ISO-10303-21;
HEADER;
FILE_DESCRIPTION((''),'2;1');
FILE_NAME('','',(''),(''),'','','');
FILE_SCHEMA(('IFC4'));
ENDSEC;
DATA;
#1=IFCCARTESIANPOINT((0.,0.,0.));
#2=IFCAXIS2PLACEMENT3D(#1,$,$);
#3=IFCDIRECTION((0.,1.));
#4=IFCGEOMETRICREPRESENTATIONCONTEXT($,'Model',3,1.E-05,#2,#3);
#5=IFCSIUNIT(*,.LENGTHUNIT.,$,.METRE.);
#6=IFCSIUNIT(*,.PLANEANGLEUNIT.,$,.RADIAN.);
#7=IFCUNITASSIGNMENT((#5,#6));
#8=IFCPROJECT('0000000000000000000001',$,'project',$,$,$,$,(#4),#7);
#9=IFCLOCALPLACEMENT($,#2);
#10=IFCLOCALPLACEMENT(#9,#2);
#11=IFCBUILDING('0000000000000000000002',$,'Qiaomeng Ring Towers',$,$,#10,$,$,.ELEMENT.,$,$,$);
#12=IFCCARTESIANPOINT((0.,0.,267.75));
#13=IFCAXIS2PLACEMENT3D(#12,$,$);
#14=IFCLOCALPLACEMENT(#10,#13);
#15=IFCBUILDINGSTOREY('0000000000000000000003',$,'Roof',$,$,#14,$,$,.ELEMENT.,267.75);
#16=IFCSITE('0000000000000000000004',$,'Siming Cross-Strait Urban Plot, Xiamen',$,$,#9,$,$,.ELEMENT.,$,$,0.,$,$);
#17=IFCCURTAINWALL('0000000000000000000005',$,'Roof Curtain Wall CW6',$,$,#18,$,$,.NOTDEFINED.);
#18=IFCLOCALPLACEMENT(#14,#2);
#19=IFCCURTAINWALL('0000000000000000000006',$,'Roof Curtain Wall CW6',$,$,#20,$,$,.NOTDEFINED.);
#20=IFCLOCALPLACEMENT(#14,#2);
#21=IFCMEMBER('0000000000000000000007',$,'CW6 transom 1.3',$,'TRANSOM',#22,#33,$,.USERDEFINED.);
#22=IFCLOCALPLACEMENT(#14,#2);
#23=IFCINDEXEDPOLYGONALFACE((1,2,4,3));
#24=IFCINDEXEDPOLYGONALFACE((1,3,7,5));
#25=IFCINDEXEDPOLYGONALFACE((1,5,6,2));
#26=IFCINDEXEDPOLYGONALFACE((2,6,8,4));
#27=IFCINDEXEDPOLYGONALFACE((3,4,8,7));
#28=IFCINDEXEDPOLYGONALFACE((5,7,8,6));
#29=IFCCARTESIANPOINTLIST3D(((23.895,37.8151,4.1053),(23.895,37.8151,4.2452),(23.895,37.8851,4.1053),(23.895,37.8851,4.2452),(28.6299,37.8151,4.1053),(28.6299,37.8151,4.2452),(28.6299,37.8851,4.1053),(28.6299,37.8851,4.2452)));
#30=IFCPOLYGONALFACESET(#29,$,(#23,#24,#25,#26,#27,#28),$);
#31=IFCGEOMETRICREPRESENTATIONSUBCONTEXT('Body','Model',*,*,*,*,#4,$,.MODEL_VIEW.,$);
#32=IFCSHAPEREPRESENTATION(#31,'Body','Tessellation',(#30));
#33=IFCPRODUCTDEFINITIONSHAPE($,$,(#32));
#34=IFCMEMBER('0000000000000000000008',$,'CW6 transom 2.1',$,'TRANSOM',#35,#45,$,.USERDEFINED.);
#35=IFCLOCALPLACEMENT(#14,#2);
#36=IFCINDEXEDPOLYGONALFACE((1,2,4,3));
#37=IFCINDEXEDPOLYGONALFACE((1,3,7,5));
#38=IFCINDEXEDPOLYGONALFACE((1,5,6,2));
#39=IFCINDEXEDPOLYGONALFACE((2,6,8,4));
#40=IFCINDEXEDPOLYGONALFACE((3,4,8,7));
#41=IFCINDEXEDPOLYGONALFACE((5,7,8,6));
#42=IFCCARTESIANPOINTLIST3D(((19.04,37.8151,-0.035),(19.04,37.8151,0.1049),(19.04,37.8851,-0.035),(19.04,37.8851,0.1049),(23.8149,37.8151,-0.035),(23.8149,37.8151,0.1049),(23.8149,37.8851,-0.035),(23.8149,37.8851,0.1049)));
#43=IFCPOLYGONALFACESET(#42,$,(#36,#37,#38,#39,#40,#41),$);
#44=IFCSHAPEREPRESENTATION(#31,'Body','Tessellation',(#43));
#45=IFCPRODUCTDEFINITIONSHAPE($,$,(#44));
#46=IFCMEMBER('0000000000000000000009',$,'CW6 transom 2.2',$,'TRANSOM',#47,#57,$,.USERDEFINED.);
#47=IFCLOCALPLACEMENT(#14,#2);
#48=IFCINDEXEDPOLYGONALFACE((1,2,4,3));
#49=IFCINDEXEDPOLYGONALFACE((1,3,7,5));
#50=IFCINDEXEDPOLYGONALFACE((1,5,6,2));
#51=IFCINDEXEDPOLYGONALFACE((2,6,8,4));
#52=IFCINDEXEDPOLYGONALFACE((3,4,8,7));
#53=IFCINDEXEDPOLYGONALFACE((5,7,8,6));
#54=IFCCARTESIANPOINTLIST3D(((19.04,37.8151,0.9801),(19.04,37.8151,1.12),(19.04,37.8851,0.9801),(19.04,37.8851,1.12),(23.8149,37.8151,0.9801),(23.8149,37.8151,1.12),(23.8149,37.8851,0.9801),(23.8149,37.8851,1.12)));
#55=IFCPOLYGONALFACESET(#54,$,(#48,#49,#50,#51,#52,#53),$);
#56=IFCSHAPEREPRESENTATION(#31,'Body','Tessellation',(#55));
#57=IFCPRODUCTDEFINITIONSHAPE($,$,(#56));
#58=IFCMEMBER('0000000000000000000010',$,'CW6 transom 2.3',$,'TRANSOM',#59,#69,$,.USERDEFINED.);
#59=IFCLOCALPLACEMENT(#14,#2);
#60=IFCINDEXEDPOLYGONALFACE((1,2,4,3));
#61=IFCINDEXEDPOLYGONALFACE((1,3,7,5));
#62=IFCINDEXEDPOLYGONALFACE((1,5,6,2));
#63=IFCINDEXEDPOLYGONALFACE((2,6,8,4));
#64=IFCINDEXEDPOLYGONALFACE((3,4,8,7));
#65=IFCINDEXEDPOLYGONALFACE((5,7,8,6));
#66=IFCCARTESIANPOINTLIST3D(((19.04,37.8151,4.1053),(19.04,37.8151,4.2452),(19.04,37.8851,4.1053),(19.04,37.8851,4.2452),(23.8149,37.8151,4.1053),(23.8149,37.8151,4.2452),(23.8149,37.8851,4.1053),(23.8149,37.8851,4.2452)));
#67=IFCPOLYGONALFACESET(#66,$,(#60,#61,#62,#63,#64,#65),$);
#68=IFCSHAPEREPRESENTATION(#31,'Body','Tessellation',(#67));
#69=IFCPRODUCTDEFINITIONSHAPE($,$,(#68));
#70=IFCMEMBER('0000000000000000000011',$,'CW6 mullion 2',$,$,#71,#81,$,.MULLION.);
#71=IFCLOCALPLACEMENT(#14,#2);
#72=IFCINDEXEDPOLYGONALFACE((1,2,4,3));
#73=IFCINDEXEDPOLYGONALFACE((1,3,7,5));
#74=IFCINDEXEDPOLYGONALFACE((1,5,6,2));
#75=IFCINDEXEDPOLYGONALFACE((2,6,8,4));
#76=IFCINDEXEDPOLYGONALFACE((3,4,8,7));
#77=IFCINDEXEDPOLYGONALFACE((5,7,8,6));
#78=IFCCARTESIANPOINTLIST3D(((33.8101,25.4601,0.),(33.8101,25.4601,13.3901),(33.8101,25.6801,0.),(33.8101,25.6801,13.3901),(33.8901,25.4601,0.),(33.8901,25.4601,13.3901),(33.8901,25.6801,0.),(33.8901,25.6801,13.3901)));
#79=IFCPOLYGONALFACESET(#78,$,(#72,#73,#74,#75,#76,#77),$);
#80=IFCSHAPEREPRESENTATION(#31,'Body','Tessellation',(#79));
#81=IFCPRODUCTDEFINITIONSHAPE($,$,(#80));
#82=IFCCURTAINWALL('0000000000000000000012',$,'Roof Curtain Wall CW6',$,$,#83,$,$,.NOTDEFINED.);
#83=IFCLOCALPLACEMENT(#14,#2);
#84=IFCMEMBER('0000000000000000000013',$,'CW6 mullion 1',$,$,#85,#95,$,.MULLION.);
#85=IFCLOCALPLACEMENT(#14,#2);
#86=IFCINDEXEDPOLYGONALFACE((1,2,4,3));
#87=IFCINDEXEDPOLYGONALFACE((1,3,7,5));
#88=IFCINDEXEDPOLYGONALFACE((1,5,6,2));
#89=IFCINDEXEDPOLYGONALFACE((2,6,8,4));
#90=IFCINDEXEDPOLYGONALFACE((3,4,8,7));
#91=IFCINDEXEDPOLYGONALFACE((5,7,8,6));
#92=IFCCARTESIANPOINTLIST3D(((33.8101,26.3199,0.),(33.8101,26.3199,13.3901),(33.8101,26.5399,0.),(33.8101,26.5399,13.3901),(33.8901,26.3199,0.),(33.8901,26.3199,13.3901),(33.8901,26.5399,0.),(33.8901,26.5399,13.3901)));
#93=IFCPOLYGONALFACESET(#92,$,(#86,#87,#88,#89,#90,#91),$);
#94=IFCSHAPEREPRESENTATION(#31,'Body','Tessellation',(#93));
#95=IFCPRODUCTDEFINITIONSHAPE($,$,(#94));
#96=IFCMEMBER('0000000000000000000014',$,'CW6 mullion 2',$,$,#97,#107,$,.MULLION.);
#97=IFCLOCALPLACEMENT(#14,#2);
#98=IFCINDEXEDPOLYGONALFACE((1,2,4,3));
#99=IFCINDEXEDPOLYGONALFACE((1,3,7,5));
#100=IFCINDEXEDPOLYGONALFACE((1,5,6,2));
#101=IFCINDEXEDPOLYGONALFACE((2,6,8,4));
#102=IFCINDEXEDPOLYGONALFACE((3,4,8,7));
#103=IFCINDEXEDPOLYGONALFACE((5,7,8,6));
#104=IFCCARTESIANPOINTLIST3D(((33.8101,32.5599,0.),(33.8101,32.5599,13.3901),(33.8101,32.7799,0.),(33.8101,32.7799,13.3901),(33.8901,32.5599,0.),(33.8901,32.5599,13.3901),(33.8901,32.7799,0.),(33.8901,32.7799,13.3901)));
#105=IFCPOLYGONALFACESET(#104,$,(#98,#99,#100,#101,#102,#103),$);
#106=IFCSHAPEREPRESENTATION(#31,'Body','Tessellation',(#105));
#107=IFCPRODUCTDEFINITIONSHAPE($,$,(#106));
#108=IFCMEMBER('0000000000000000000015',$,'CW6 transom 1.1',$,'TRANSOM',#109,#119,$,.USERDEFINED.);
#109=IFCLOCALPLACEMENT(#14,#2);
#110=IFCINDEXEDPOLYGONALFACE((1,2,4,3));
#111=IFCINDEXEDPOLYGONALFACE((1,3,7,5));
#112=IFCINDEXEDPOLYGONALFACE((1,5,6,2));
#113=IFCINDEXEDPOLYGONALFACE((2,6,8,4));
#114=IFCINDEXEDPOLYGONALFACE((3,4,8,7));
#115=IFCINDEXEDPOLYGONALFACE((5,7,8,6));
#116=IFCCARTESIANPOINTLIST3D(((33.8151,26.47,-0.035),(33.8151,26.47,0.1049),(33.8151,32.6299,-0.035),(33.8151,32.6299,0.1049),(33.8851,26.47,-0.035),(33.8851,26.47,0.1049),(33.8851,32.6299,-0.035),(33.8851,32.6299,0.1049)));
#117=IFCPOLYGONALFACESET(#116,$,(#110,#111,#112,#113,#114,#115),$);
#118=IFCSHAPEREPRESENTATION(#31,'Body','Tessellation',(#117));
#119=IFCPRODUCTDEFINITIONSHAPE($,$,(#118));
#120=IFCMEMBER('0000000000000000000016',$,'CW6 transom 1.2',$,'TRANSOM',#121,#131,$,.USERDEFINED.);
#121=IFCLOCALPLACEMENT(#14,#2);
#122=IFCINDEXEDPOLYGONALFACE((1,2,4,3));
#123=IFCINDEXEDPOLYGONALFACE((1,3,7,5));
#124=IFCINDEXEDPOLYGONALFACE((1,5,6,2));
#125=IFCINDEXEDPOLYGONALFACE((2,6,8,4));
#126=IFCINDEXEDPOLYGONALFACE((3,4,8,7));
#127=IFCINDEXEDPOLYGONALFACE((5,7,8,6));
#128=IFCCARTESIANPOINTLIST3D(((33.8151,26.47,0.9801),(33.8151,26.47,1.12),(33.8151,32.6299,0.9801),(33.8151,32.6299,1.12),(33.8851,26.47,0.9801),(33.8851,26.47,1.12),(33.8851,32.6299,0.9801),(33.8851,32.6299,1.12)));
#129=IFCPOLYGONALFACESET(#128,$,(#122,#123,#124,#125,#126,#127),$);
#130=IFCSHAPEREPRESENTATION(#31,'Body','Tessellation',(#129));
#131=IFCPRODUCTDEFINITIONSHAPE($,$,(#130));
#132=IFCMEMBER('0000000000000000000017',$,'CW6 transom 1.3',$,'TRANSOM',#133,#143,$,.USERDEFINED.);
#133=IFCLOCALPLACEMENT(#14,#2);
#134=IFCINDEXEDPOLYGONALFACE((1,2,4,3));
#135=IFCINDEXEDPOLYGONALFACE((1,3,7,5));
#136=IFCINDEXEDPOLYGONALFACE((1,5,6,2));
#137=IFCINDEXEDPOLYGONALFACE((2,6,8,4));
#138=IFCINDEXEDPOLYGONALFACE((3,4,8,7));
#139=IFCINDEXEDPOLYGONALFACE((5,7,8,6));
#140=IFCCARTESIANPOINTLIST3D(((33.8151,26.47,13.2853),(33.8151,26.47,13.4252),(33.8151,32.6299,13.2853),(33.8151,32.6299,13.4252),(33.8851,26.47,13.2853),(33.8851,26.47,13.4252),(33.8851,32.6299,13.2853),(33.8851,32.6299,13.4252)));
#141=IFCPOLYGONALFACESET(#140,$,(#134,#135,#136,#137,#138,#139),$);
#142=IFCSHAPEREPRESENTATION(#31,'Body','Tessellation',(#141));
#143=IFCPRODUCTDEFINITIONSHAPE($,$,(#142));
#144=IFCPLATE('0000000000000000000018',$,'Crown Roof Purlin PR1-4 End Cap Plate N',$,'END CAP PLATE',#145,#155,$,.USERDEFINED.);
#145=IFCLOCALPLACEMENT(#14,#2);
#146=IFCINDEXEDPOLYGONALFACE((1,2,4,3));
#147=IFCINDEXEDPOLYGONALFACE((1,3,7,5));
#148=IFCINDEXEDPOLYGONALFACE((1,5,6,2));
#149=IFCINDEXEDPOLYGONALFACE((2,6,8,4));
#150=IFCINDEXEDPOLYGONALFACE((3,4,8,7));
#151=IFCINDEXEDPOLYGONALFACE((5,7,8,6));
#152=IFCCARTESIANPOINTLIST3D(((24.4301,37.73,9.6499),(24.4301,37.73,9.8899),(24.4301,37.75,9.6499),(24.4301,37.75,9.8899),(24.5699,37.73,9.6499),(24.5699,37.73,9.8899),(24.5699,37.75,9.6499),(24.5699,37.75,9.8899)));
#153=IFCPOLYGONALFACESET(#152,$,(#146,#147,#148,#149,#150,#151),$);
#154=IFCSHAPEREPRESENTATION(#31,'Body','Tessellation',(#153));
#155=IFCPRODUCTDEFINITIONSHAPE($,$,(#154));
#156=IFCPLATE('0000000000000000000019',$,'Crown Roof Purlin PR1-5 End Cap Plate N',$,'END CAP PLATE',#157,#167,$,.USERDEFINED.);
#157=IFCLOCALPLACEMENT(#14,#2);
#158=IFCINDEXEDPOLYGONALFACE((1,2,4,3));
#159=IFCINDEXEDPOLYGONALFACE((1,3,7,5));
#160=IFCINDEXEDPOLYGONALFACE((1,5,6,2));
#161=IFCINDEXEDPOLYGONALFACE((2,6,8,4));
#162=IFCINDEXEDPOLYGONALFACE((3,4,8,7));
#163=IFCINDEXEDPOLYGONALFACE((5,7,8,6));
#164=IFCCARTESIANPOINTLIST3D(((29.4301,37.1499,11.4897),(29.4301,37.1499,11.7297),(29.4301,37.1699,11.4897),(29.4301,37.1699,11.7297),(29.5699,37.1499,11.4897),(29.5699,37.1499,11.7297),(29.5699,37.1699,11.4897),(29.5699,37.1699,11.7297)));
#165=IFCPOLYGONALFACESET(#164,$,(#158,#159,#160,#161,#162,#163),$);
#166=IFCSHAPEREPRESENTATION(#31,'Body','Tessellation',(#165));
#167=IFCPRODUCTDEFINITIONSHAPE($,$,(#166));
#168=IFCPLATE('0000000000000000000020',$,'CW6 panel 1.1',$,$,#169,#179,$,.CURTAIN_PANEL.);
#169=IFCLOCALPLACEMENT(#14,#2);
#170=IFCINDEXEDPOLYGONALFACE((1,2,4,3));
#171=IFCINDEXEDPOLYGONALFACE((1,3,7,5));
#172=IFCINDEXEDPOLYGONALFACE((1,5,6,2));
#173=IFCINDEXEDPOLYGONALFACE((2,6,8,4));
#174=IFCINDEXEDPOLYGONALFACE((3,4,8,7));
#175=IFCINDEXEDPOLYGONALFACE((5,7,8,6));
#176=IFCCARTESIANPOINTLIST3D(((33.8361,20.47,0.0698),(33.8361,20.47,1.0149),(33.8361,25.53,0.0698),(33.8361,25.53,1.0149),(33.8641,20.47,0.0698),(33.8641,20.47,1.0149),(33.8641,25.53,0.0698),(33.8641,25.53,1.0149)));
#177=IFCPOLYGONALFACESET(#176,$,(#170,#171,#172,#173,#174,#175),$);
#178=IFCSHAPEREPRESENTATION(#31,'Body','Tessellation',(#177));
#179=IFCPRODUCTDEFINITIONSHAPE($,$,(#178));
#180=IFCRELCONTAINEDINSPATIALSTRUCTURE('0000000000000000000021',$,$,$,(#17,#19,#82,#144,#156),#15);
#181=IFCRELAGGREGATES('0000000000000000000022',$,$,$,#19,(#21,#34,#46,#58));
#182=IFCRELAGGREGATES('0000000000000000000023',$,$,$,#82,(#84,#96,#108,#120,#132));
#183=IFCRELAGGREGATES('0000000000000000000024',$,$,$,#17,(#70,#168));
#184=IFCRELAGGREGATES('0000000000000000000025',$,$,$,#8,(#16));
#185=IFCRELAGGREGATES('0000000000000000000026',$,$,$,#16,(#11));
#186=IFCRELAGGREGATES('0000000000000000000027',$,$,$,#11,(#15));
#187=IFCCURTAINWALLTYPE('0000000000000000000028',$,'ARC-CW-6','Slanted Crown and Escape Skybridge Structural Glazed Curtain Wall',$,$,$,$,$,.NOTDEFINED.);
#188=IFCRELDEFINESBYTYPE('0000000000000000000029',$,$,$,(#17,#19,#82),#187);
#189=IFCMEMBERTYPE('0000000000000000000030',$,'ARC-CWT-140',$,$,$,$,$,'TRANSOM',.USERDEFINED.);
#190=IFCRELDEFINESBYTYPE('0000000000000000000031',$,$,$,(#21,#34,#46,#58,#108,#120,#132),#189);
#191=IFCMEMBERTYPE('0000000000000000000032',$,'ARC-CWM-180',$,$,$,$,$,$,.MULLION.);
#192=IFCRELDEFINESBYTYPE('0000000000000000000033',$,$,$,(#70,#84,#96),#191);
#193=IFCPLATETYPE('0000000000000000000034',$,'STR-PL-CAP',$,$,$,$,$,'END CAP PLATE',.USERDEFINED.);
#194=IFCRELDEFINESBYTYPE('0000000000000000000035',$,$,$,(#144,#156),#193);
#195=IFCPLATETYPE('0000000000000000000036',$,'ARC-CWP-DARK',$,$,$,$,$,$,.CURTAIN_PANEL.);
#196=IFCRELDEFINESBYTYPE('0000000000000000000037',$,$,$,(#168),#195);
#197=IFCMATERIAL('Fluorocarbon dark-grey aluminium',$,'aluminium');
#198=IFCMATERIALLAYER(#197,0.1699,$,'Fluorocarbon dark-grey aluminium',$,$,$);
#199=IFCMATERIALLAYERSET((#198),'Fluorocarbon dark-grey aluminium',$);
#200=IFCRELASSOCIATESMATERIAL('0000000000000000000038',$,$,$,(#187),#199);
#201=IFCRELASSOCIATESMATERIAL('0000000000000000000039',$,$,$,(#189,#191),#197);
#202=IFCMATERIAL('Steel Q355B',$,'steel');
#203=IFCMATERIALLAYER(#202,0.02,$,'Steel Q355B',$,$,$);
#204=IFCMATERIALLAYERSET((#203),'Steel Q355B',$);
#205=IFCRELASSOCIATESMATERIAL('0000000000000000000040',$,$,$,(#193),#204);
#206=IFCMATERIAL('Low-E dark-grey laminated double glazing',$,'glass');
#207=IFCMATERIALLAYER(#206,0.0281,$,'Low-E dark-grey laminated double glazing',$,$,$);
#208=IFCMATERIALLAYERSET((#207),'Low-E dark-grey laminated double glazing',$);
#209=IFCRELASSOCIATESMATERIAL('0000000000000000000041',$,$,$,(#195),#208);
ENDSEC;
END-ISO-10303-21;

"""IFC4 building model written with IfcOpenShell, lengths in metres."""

from ifc_helpers import new_model, si_unit, direction, frame, origin, origin_2d, place, context, subcontext, project, spatial, rectangle, extrude, source, transform, mapped, material, layer, layer_set, material_profile, profile_set, type_object, element, aggregate, save


model = new_model("IFC4")

# Units and contexts
model_context = context("Model", 3, precision=1e-05, world=origin(), true_north=direction((0.0, 1.0)))
body_context = subcontext(model_context, "Body", "Model", "MODEL_VIEW")
ifc_project = project(units=[si_unit("LENGTHUNIT", "METRE"), si_unit("PLANEANGLEUNIT", "RADIAN")], contexts=[model_context])

# Site, building, storey
site_placement = place(None, origin())
site = spatial("IfcSite", under=ifc_project, at=site_placement, Name="Siming Cross-Strait Urban Plot, Xiamen", CompositionType="ELEMENT", RefElevation=0.0)
building_placement = place(site_placement, origin())
building = spatial("IfcBuilding", under=site, at=building_placement, Name="Qiaomeng Ring Towers", CompositionType="ELEMENT")
storey_placement = place(building_placement, frame((0.0, 0.0, 267.75)))
storey = spatial("IfcBuildingStorey", under=building, at=storey_placement, Name="Roof", CompositionType="ELEMENT", Elevation=267.75)

# Shared definitions
ifc_material_1 = material(Name="Steel Q355B", Category="steel")

# Curtain walls, members
ifc_material_2 = material(Name="Fluorocarbon dark-grey aluminium", Category="aluminium")
ifc_layer_1 = layer(ifc_material_2, 0.1699, Name="Fluorocarbon dark-grey aluminium")
ifc_layer_set_1 = layer_set([ifc_layer_1], Name="Fluorocarbon dark-grey aluminium")
curtain_wall_type = type_object("IfcCurtainWallType", Name="ARC-CW-6", Description="Slanted Crown and Escape Skybridge Structural Glazed Curtain Wall", PredefinedType="NOTDEFINED", material=ifc_layer_set_1)
curtain_wall_1_placement = place(storey_placement, origin())
curtain_wall_1 = element("IfcCurtainWall", 1, at=curtain_wall_1_placement, inside=storey, type_object=curtain_wall_type, Name="Roof Curtain Wall CW6", PredefinedType="NOTDEFINED")
ifc_material_profile_1 = material_profile(ifc_material_2, rectangle(XDim=0.0701, YDim=0.1399, at=origin_2d()), Name="ALU TRAN 70x140")
ifc_profile_set_1 = profile_set([ifc_material_profile_1], Name="Fluorocarbon dark-grey aluminium")
member_type_1 = type_object("IfcMemberType", Name="ARC-CWT-140", ElementType="TRANSOM", PredefinedType="USERDEFINED", material=ifc_profile_set_1)
curtain_wall_2_placement = place(storey_placement, origin())
curtain_wall_2 = element("IfcCurtainWall", 2, at=curtain_wall_2_placement, inside=storey, type_object=curtain_wall_type, Name="Roof Curtain Wall CW6", PredefinedType="NOTDEFINED")
ifc_material_profile_2 = material_profile(ifc_material_2, rectangle(XDim=0.0801, YDim=0.22, at=origin_2d()), Name="ALU MULL 80x220")
ifc_profile_set_2 = profile_set([ifc_material_profile_2], Name="Fluorocarbon dark-grey aluminium")
member_type_2 = type_object("IfcMemberType", Name="ARC-CWM-180", PredefinedType="MULLION", material=ifc_profile_set_2)
shared_shape_1 = source(origin(), body_context, "Body", "SweptSolid", [
    extrude(rectangle(XDim=0.0701, YDim=0.1399, at=origin_2d()), origin(), (0.0, 0.0, 1.0), 4.7349),
])
member_1_placement = place(storey_placement, frame((28.6299, 37.8501, 4.1753), z_axis=(-1.0, 0.0, 0.0), x_axis=(0.0, -1.0, 0.0)))
member_1 = element("IfcMember", 3, at=member_1_placement, type_object=member_type_1, Name="CW6 transom 1.3", ObjectType="TRANSOM", PredefinedType="USERDEFINED", context=body_context, shape_type="MappedRepresentation", body=[
    mapped(shared_shape_1, transform((0.0, 0.0, 0.0), x_axis=(1.0, 0.0, 0.0), y_axis=(0.0, 1.0, 0.0), z_axis=(0.0, 0.0, 1.0), scale=1.0)),
])
shared_shape_2 = source(origin(), body_context, "Body", "SweptSolid", [
    extrude(rectangle(XDim=0.0701, YDim=0.1399, at=origin_2d()), origin(), (0.0, 0.0, 1.0), 4.7749),
])
member_2_placement = place(storey_placement, frame((23.8149, 37.8501, 0.0349), z_axis=(-1.0, 0.0, 0.0), x_axis=(0.0, -1.0, 0.0)))
member_2 = element("IfcMember", 4, at=member_2_placement, type_object=member_type_1, Name="CW6 transom 2.1", ObjectType="TRANSOM", PredefinedType="USERDEFINED", context=body_context, shape_type="MappedRepresentation", body=[
    mapped(shared_shape_2, transform((0.0, 0.0, 0.0), x_axis=(1.0, 0.0, 0.0), y_axis=(0.0, 1.0, 0.0), z_axis=(0.0, 0.0, 1.0), scale=1.0)),
])
member_3_placement = place(storey_placement, frame((23.8149, 37.8501, 1.05), z_axis=(-1.0, 0.0, 0.0), x_axis=(0.0, -1.0, 0.0)))
member_3 = element("IfcMember", 5, at=member_3_placement, type_object=member_type_1, Name="CW6 transom 2.2", ObjectType="TRANSOM", PredefinedType="USERDEFINED", context=body_context, shape_type="MappedRepresentation", body=[
    mapped(shared_shape_2, transform((0.0, 0.0, 0.0), x_axis=(1.0, 0.0, 0.0), y_axis=(0.0, 1.0, 0.0), z_axis=(0.0, 0.0, 1.0), scale=1.0)),
])
member_4_placement = place(storey_placement, frame((23.8149, 37.8501, 4.1753), z_axis=(-1.0, 0.0, 0.0), x_axis=(0.0, -1.0, 0.0)))
member_4 = element("IfcMember", 6, at=member_4_placement, type_object=member_type_1, Name="CW6 transom 2.3", ObjectType="TRANSOM", PredefinedType="USERDEFINED", context=body_context, shape_type="MappedRepresentation", body=[
    mapped(shared_shape_2, transform((0.0, 0.0, 0.0), x_axis=(1.0, 0.0, 0.0), y_axis=(0.0, 1.0, 0.0), z_axis=(0.0, 0.0, 1.0), scale=1.0)),
])

# Member
shared_shape_3 = source(origin(), body_context, "Body", "SweptSolid", [
    extrude(rectangle(XDim=0.0801, YDim=0.22, at=origin_2d()), origin(), (0.0, 0.0, 1.0), 13.3901),
])
member_5_placement = place(storey_placement, frame((33.8501, 25.5701, 0.0), z_axis=(0.0, 0.0, 1.0), x_axis=(-1.0, 0.0, 0.0)))
member_5 = element("IfcMember", 7, at=member_5_placement, type_object=member_type_2, Name="CW6 mullion 2", PredefinedType="MULLION", context=body_context, shape_type="MappedRepresentation", body=[
    mapped(shared_shape_3, transform((0.0, 0.0, 0.0), x_axis=(1.0, 0.0, 0.0), y_axis=(0.0, 1.0, 0.0), z_axis=(0.0, 0.0, 1.0), scale=1.0)),
])

# Curtain wall, members
curtain_wall_3_placement = place(storey_placement, origin())
curtain_wall_3 = element("IfcCurtainWall", 8, at=curtain_wall_3_placement, inside=storey, type_object=curtain_wall_type, Name="Roof Curtain Wall CW6", PredefinedType="NOTDEFINED")
member_6_placement = place(storey_placement, frame((33.8501, 26.4299, 0.0), z_axis=(0.0, 0.0, 1.0), x_axis=(-1.0, 0.0, 0.0)))
member_6 = element("IfcMember", 9, at=member_6_placement, type_object=member_type_2, Name="CW6 mullion 1", PredefinedType="MULLION", context=body_context, shape_type="MappedRepresentation", body=[
    mapped(shared_shape_3, transform((0.0, 0.0, 0.0), x_axis=(1.0, 0.0, 0.0), y_axis=(0.0, 1.0, 0.0), z_axis=(0.0, 0.0, 1.0), scale=1.0)),
])
member_7_placement = place(storey_placement, frame((33.8501, 32.6699, 0.0), z_axis=(0.0, 0.0, 1.0), x_axis=(-1.0, 0.0, 0.0)))
member_7 = element("IfcMember", 10, at=member_7_placement, type_object=member_type_2, Name="CW6 mullion 2", PredefinedType="MULLION", context=body_context, shape_type="MappedRepresentation", body=[
    mapped(shared_shape_3, transform((0.0, 0.0, 0.0), x_axis=(1.0, 0.0, 0.0), y_axis=(0.0, 1.0, 0.0), z_axis=(0.0, 0.0, 1.0), scale=1.0)),
])
shared_shape_4 = source(origin(), body_context, "Body", "SweptSolid", [
    extrude(rectangle(XDim=0.0701, YDim=0.1399, at=origin_2d()), origin(), (0.0, 0.0, 1.0), 6.1599),
])
member_8_placement = place(storey_placement, frame((33.8501, 26.47, 0.0349), z_axis=(0.0, 1.0, 0.0), x_axis=(-1.0, 0.0, 0.0)))
member_8 = element("IfcMember", 11, at=member_8_placement, type_object=member_type_1, Name="CW6 transom 1.1", ObjectType="TRANSOM", PredefinedType="USERDEFINED", context=body_context, shape_type="MappedRepresentation", body=[
    mapped(shared_shape_4, transform((0.0, 0.0, 0.0), x_axis=(1.0, 0.0, 0.0), y_axis=(0.0, 1.0, 0.0), z_axis=(0.0, 0.0, 1.0), scale=1.0)),
])
member_9_placement = place(storey_placement, frame((33.8501, 26.47, 1.05), z_axis=(0.0, 1.0, 0.0), x_axis=(-1.0, 0.0, 0.0)))
member_9 = element("IfcMember", 12, at=member_9_placement, type_object=member_type_1, Name="CW6 transom 1.2", ObjectType="TRANSOM", PredefinedType="USERDEFINED", context=body_context, shape_type="MappedRepresentation", body=[
    mapped(shared_shape_4, transform((0.0, 0.0, 0.0), x_axis=(1.0, 0.0, 0.0), y_axis=(0.0, 1.0, 0.0), z_axis=(0.0, 0.0, 1.0), scale=1.0)),
])
member_10_placement = place(storey_placement, frame((33.8501, 26.47, 13.3552), z_axis=(0.0, 1.0, 0.0), x_axis=(-1.0, 0.0, 0.0)))
member_10 = element("IfcMember", 13, at=member_10_placement, type_object=member_type_1, Name="CW6 transom 1.3", ObjectType="TRANSOM", PredefinedType="USERDEFINED", context=body_context, shape_type="MappedRepresentation", body=[
    mapped(shared_shape_4, transform((0.0, 0.0, 0.0), x_axis=(1.0, 0.0, 0.0), y_axis=(0.0, 1.0, 0.0), z_axis=(0.0, 0.0, 1.0), scale=1.0)),
])

# Plates
ifc_layer_2 = layer(ifc_material_1, 0.02, Name="Steel Q355B")
ifc_layer_set_2 = layer_set([ifc_layer_2], Name="Steel Q355B")
plate_type_1 = type_object("IfcPlateType", Name="STR-PL-CAP", ElementType="END CAP PLATE", PredefinedType="USERDEFINED", material=ifc_layer_set_2)
shared_shape_5 = source(origin(), body_context, "Body", "SweptSolid", [
    extrude(rectangle(XDim=0.1399, YDim=0.02, at=origin_2d()), origin(), (0.0, 0.0, 1.0), 0.24),
])
for number, where, z_axis, x_axis, name in (
    (14, (24.5, 37.74, 9.6499), (0.0, 0.0, 1.0), (1.0, 0.0, 0.0), "Crown Roof Purlin PR1-4 End Cap Plate N"),
    (15, (29.5, 37.1599, 11.4897), (0.0, 0.0, 1.0), (1.0, 0.0, 0.0), "Crown Roof Purlin PR1-5 End Cap Plate N"),
):
    element("IfcPlate", number, at=place(storey_placement, frame(where, z_axis=z_axis, x_axis=x_axis)), inside=storey, type_object=plate_type_1, Name=name, ObjectType="END CAP PLATE", PredefinedType="USERDEFINED", context=body_context, shape_type="MappedRepresentation", body=[
        mapped(shared_shape_5, transform((0.0, 0.0, 0.0), x_axis=(1.0, 0.0, 0.0), y_axis=(0.0, 1.0, 0.0), z_axis=(0.0, 0.0, 1.0), scale=1.0)),
    ])

# Plate
ifc_material_3 = material(Name="Low-E dark-grey laminated double glazing", Category="glass")
ifc_layer_3 = layer(ifc_material_3, 0.0281, Name="Low-E dark-grey laminated double glazing")
ifc_layer_set_3 = layer_set([ifc_layer_3], Name="Low-E dark-grey laminated double glazing")
plate_type_2 = type_object("IfcPlateType", Name="ARC-CWP-DARK", PredefinedType="CURTAIN_PANEL", material=ifc_layer_set_3)
shared_shape_6 = source(origin(), body_context, "Body", "SweptSolid", [
    extrude(rectangle(XDim=5.0601, YDim=0.0281, at=origin_2d()), origin(), (0.0, 0.0, 1.0), 0.9451),
])
plate_1_placement = place(storey_placement, frame((33.8501, 23.0, 0.0698), z_axis=(0.0, 0.0, 1.0), x_axis=(0.0, 1.0, 0.0)))
plate_1 = element("IfcPlate", 16, at=plate_1_placement, type_object=plate_type_2, Name="CW6 panel 1.1", PredefinedType="CURTAIN_PANEL", context=body_context, shape_type="MappedRepresentation", body=[
    mapped(shared_shape_6, transform((0.0, 0.0, 0.0), x_axis=(1.0, 0.0, 0.0), y_axis=(0.0, 1.0, 0.0), z_axis=(0.0, 0.0, 1.0), scale=1.0)),
])
aggregate(curtain_wall_2, [member_1, member_2, member_3, member_4])
aggregate(curtain_wall_3, [member_6, member_7, member_8, member_9, member_10])
aggregate(curtain_wall_1, [member_5, plate_1])

save(model, "model.ifc")
